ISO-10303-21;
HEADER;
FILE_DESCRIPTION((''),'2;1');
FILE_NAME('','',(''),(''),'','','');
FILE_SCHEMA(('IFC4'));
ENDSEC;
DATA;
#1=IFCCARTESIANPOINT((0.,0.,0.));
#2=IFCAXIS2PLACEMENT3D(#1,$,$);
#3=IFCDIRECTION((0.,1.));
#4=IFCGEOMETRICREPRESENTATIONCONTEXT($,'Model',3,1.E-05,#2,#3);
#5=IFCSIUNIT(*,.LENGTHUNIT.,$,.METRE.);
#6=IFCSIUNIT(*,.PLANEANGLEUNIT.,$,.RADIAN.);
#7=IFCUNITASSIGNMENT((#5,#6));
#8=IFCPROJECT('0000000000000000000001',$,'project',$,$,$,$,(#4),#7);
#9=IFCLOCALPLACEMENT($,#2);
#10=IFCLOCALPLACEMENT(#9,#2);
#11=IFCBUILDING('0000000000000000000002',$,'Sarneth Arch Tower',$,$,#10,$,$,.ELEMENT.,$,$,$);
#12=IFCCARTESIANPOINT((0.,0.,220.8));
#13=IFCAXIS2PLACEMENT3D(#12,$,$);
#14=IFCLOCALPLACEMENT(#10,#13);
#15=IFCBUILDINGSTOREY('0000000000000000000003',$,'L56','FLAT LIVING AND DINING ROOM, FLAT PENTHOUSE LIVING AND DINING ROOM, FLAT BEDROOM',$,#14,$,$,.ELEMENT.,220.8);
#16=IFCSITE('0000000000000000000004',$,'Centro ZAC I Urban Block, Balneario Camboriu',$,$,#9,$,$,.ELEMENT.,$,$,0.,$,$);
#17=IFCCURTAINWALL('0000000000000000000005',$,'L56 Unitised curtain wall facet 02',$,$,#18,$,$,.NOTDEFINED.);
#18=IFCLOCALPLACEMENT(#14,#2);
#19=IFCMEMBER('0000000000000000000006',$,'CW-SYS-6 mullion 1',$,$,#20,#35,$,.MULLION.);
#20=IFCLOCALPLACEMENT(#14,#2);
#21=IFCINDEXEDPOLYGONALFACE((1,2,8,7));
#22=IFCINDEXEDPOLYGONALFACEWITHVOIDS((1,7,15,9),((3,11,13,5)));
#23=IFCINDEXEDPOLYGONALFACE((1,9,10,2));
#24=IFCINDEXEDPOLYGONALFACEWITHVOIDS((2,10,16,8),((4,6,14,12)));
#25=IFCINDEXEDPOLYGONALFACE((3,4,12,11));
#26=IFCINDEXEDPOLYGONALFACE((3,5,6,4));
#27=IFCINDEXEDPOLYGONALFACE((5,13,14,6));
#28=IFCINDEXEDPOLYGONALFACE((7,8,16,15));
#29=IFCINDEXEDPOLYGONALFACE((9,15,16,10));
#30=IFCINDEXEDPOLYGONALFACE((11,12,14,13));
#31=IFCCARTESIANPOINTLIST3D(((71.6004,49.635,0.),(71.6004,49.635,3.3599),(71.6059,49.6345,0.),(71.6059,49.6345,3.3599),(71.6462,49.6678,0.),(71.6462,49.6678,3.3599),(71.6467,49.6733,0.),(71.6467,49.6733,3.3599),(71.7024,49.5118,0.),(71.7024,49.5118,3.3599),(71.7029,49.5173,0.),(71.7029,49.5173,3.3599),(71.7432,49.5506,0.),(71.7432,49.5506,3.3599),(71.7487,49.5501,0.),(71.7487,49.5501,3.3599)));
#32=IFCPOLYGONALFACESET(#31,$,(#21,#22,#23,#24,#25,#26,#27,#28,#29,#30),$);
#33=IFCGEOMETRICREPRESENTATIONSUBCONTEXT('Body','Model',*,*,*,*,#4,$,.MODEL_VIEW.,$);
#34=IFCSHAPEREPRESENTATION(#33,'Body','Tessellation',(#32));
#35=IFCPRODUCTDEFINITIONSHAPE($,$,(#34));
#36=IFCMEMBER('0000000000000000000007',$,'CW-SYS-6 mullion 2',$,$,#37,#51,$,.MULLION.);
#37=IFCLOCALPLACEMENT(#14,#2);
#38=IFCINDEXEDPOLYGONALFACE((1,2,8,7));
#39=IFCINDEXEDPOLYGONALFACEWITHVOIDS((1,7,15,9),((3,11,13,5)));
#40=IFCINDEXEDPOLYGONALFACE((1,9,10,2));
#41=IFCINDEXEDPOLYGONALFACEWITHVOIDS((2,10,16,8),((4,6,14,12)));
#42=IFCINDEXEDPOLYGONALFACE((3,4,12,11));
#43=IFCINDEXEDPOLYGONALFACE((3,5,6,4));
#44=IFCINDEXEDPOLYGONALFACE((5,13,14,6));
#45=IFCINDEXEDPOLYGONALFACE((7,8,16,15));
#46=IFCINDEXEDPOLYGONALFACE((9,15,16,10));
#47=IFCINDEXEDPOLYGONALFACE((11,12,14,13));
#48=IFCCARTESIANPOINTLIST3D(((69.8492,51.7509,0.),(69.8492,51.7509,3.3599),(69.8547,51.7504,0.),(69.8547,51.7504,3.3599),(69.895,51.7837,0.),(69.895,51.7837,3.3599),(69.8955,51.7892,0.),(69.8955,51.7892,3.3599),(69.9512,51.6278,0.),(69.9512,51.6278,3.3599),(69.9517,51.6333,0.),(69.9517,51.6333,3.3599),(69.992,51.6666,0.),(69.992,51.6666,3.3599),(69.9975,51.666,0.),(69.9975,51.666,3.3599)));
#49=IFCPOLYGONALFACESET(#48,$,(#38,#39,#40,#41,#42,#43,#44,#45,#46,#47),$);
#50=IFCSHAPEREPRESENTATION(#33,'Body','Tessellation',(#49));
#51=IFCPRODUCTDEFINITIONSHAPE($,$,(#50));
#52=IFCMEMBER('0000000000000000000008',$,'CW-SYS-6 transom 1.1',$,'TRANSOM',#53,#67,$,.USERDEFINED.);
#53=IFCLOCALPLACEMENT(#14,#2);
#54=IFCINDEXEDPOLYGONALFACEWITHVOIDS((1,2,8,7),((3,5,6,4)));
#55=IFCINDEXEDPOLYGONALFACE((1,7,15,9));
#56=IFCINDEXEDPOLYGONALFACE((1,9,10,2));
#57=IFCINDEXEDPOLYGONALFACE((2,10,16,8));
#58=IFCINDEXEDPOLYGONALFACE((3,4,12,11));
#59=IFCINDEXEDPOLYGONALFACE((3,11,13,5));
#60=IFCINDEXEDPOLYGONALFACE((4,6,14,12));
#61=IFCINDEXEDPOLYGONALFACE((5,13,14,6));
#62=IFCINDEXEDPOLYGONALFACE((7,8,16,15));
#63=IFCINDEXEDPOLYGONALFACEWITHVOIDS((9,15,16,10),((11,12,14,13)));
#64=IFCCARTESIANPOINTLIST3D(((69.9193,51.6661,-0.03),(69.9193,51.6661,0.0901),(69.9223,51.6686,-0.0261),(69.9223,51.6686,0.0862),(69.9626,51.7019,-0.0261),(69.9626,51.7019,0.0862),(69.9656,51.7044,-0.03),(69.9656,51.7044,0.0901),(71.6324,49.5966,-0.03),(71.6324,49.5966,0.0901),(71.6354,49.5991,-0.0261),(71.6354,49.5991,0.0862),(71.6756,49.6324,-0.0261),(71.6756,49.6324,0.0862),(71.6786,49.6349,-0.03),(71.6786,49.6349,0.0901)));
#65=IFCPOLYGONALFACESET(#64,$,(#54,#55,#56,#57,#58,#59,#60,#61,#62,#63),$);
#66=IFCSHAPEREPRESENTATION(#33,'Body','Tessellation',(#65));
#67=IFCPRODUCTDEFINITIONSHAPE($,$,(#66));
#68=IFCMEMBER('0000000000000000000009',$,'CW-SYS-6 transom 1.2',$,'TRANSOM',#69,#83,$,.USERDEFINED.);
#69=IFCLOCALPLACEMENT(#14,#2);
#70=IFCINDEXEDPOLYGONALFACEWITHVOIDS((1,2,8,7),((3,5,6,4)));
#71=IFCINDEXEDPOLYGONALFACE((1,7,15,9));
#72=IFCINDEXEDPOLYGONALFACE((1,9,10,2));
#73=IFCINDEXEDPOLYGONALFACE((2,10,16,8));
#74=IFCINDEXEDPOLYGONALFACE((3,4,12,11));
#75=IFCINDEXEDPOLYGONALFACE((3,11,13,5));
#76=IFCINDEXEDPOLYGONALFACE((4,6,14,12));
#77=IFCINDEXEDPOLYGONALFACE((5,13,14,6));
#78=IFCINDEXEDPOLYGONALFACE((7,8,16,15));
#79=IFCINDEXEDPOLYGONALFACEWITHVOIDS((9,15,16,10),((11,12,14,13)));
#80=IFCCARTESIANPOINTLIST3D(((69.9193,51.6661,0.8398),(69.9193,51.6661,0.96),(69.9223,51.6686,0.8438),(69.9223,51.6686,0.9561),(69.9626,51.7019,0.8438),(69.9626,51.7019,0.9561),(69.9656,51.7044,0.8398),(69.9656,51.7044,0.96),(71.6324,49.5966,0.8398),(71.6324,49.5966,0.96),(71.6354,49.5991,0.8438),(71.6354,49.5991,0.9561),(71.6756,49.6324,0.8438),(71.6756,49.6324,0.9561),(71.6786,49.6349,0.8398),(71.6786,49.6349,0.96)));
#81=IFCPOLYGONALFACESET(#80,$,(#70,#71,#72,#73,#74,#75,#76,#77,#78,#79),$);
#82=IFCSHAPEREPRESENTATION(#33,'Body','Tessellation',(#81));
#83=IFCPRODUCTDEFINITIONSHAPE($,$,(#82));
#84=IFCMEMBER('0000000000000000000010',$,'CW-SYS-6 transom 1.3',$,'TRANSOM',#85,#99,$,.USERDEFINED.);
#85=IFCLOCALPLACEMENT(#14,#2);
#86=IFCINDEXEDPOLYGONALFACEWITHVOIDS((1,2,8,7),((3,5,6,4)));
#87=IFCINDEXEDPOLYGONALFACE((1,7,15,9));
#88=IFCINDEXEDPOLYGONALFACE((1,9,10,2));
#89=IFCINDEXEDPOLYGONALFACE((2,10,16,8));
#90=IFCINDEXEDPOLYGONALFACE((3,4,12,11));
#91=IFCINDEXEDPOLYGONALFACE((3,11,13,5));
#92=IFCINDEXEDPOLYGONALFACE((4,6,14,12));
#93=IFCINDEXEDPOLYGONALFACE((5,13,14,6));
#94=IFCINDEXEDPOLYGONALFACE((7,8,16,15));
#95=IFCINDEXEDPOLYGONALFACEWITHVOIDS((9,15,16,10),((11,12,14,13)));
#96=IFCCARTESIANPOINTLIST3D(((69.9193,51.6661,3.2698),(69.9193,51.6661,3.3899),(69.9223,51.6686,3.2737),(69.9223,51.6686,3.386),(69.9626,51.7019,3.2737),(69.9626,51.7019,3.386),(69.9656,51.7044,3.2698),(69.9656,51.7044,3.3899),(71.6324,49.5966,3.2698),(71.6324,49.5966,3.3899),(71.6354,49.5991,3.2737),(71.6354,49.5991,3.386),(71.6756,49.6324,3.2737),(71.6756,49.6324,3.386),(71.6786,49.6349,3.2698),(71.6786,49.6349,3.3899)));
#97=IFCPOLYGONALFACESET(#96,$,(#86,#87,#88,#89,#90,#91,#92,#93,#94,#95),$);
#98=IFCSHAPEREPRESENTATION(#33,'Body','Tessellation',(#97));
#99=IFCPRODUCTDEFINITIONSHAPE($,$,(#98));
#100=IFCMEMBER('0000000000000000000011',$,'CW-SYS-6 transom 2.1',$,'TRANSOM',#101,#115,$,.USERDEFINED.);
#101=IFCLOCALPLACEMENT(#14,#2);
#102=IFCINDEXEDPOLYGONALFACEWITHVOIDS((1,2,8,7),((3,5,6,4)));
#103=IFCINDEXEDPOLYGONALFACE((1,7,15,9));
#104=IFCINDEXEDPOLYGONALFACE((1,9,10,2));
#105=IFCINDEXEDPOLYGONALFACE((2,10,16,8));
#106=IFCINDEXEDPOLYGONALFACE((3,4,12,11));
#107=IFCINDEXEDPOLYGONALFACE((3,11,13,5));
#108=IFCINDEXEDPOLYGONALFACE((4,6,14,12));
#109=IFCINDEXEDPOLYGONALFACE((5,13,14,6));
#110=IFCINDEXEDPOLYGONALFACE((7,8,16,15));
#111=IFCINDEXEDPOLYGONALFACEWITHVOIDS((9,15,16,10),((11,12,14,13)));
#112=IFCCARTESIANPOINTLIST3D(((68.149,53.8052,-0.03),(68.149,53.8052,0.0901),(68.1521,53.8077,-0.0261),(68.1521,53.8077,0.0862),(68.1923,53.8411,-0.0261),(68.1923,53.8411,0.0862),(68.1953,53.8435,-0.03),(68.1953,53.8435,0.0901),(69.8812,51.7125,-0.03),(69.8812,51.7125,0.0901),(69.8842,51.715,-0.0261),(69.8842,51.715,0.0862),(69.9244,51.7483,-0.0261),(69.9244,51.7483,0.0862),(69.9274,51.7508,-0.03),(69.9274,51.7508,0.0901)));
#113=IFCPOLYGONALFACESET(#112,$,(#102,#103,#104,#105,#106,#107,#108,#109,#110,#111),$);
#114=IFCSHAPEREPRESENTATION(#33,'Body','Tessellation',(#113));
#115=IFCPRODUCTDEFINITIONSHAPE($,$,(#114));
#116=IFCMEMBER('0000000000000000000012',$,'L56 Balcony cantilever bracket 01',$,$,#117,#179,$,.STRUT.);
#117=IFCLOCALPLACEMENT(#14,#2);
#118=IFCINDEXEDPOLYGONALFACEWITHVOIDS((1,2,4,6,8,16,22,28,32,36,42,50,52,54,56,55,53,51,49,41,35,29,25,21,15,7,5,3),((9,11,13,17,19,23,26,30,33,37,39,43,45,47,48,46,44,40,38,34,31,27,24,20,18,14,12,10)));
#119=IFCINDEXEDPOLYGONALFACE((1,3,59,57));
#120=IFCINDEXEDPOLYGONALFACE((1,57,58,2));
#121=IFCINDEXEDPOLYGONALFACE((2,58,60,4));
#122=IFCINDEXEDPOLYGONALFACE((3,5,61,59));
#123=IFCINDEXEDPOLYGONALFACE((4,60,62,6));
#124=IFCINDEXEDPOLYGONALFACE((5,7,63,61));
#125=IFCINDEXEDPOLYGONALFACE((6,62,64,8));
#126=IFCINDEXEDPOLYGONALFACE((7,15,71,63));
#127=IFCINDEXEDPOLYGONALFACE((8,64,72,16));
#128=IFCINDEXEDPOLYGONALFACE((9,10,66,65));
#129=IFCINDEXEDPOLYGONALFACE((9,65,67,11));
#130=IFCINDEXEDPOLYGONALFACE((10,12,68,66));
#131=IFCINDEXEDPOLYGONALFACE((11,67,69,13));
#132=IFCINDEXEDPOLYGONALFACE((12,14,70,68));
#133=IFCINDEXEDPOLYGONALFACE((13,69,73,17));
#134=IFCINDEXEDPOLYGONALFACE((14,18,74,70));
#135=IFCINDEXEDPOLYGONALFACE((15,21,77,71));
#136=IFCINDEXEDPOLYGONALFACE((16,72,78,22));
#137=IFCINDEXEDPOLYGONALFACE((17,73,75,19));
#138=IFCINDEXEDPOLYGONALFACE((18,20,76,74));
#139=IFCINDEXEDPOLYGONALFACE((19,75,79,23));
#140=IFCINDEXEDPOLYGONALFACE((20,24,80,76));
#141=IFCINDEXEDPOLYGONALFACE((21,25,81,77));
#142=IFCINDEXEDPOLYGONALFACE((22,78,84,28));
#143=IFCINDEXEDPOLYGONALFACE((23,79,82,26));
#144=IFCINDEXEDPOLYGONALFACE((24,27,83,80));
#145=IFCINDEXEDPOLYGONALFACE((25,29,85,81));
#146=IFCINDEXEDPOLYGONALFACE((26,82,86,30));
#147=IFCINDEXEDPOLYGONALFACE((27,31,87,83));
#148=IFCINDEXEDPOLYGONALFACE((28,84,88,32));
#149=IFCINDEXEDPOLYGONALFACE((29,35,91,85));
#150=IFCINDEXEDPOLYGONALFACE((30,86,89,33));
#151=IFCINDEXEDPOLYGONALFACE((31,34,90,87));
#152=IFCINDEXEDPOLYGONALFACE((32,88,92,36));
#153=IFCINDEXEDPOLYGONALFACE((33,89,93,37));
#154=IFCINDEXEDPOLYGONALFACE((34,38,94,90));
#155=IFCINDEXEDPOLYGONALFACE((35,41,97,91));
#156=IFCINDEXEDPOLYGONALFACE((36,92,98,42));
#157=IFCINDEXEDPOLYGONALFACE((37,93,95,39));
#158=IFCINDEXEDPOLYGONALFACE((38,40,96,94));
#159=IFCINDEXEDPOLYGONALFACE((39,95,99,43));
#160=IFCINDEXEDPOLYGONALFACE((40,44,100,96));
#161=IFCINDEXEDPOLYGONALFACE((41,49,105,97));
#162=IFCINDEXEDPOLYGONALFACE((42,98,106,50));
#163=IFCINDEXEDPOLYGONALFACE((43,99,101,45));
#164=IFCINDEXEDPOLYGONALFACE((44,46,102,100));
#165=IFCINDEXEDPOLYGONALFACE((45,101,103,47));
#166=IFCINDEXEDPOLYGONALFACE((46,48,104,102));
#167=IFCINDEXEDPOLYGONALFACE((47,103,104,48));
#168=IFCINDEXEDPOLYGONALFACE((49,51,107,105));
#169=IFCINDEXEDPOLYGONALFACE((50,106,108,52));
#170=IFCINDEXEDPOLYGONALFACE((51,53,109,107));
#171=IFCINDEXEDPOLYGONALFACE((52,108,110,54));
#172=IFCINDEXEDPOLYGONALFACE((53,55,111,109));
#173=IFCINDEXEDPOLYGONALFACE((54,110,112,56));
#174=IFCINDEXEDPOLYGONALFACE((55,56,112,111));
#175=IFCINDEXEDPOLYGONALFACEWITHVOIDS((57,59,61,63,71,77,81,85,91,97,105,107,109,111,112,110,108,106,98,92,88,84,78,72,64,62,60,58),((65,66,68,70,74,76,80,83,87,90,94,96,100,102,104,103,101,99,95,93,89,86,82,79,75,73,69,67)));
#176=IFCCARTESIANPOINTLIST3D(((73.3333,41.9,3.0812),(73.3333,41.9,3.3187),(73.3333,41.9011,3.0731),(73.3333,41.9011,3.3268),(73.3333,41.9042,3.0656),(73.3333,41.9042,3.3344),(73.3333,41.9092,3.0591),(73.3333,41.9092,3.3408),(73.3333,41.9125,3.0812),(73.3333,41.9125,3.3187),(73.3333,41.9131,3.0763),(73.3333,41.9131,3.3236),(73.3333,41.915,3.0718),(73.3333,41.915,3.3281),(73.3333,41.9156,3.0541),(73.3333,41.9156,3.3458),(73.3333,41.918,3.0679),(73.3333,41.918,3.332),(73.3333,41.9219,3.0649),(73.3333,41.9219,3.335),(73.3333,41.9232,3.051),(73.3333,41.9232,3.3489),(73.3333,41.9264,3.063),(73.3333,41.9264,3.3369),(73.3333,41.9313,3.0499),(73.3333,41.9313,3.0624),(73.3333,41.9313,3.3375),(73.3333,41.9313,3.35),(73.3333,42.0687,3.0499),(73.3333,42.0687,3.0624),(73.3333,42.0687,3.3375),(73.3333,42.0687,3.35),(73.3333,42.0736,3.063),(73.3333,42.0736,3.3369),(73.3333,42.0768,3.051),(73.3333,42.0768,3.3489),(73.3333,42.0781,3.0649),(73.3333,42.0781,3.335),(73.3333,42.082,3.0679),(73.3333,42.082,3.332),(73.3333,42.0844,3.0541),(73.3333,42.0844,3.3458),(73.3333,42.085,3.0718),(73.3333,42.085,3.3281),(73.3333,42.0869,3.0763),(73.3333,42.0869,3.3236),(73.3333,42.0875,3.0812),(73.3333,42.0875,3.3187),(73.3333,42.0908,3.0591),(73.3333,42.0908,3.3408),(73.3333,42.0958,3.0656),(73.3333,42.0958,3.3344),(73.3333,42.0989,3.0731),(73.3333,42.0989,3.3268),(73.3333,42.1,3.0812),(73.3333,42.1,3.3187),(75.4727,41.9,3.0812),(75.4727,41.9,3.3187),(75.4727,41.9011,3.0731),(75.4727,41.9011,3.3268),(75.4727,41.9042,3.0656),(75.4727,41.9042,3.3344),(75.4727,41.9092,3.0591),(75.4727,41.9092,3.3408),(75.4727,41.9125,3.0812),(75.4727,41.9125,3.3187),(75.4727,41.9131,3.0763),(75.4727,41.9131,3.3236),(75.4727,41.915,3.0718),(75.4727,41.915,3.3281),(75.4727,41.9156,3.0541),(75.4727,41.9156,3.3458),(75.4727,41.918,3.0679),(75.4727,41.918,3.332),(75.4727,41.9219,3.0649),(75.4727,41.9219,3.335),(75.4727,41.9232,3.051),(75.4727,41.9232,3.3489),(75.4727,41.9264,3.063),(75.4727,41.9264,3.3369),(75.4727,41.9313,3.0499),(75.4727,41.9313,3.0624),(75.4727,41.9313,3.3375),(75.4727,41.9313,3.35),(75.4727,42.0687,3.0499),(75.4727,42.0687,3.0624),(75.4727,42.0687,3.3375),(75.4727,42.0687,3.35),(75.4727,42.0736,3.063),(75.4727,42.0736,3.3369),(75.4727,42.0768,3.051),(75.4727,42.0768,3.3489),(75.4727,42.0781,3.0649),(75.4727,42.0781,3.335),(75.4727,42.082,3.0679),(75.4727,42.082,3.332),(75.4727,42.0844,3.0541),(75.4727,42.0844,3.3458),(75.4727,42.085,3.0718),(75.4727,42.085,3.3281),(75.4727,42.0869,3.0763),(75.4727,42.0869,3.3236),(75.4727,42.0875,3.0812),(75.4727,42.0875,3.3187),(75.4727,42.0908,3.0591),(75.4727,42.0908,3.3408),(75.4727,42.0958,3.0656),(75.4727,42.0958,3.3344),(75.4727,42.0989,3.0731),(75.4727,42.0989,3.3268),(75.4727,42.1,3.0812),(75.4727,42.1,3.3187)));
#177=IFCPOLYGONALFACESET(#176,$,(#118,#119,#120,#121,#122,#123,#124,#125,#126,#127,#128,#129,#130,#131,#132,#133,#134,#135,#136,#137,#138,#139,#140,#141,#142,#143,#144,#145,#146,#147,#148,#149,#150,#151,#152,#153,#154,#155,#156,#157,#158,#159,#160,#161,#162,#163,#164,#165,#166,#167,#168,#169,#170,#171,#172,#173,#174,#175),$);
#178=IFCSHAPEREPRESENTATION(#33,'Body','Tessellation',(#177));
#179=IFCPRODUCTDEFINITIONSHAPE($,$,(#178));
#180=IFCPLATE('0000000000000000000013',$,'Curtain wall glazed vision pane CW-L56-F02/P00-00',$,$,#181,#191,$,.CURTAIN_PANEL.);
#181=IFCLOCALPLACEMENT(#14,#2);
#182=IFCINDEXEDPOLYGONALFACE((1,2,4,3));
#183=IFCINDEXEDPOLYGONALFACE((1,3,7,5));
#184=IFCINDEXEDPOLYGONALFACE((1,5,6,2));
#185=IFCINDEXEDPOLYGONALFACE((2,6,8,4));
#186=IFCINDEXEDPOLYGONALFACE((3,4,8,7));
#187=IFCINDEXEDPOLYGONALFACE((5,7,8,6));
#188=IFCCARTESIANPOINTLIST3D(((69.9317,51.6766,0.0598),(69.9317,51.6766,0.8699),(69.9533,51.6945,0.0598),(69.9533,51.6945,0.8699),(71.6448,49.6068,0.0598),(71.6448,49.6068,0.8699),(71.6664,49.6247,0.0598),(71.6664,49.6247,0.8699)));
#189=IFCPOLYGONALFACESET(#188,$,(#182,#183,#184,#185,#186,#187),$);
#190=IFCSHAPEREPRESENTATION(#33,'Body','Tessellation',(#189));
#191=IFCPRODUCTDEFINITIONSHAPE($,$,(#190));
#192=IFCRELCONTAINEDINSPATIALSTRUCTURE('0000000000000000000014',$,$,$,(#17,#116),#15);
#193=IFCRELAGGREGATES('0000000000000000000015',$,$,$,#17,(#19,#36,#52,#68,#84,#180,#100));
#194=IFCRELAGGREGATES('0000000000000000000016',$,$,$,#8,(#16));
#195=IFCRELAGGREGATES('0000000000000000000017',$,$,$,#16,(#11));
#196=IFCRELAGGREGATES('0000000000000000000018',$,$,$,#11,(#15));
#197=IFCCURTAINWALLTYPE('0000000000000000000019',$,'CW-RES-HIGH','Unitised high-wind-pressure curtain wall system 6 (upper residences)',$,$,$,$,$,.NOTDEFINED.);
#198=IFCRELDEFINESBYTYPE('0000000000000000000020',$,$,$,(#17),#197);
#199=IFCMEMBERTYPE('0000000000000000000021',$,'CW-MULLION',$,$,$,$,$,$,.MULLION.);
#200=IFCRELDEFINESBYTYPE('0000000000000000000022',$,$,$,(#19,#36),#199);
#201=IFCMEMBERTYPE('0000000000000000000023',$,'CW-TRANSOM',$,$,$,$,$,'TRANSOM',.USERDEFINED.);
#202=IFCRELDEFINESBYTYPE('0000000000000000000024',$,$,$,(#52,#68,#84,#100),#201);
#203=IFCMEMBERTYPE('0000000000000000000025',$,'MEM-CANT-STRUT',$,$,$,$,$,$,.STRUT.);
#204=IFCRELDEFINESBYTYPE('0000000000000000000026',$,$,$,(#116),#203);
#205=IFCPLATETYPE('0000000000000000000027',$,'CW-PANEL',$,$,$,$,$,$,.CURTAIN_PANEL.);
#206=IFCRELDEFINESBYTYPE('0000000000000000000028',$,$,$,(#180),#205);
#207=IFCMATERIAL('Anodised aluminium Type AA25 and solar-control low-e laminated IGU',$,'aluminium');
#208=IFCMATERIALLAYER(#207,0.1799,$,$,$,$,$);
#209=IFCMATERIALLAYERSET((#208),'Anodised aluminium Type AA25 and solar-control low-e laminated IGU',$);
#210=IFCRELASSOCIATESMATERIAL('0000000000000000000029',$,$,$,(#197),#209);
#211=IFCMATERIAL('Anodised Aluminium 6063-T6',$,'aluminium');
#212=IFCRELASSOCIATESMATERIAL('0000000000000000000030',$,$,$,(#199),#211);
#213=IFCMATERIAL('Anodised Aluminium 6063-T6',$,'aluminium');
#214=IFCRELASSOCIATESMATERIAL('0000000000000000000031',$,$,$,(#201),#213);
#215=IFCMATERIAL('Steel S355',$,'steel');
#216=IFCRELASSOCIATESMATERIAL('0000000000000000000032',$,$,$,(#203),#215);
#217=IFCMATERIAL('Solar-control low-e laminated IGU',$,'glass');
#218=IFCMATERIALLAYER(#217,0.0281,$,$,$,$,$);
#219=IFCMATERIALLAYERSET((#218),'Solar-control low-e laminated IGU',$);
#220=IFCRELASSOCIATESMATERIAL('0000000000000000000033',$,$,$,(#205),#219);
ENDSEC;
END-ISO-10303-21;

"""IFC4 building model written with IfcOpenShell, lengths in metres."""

from ifc_helpers import new_model, si_unit, direction, frame, origin, origin_2d, place, context, subcontext, project, spatial, rectangle, hollow_rectangle, extrude, material, layer, layer_set, material_profile, profile_set, type_object, element, aggregate, save


model = new_model("IFC4")

# Units and contexts
model_context = context("Model", 3, precision=1e-05, world=origin(), true_north=direction((0.0, 1.0)))
body_context = subcontext(model_context, "Body", "Model", "MODEL_VIEW")
ifc_project = project(units=[si_unit("LENGTHUNIT", "METRE"), si_unit("PLANEANGLEUNIT", "RADIAN")], contexts=[model_context])

# Site, building, storey
site_placement = place(None, origin())
site = spatial("IfcSite", under=ifc_project, at=site_placement, Name="Centro ZAC I Urban Block, Balneario Camboriu", CompositionType="ELEMENT", RefElevation=0.0)
building_placement = place(site_placement, origin())
building = spatial("IfcBuilding", under=site, at=building_placement, Name="Sarneth Arch Tower", CompositionType="ELEMENT")
storey_placement = place(building_placement, frame((0.0, 0.0, 220.8)))
storey = spatial("IfcBuildingStorey", under=building, at=storey_placement, Name="L56", Description="FLAT LIVING AND DINING ROOM, FLAT PENTHOUSE LIVING AND DINING ROOM, FLAT BEDROOM", CompositionType="ELEMENT", Elevation=220.8)

# Curtain wall, members
ifc_material_1 = material(Name="Anodised aluminium Type AA25 and solar-control low-e laminated IGU", Category="aluminium")
ifc_layer_1 = layer(ifc_material_1, 0.1799)
ifc_layer_set_1 = layer_set([ifc_layer_1], Name="Anodised aluminium Type AA25 and solar-control low-e laminated IGU")
curtain_wall_type = type_object("IfcCurtainWallType", Name="CW-RES-HIGH", Description="Unitised high-wind-pressure curtain wall system 6 (upper residences)", PredefinedType="NOTDEFINED", material=ifc_layer_set_1)
curtain_wall_placement = place(storey_placement, origin())
curtain_wall = element("IfcCurtainWall", 1, at=curtain_wall_placement, inside=storey, type_object=curtain_wall_type, Name="L56 Unitised curtain wall facet 02", PredefinedType="NOTDEFINED")
ifc_material_2 = material(Name="Anodised Aluminium 6063-T6", Category="aluminium")
ifc_material_profile_1 = material_profile(ifc_material_2, hollow_rectangle(XDim=0.0601, YDim=0.1599, WallThickness=0.0039, at=origin_2d()), Name="AL-MULL-160x60x4")
ifc_profile_set_1 = profile_set([ifc_material_profile_1], Name="Anodised Aluminium 6063-T6")
member_type_1 = type_object("IfcMemberType", Name="CW-MULLION", PredefinedType="MULLION", material=ifc_profile_set_1)
member_1_placement = place(storey_placement, frame((71.6746, 49.5925, 0.0), z_axis=(0.0, 0.0, 1.0), x_axis=(-0.770359, -0.63761, 0.0)))
member_1 = element("IfcMember", 2, at=member_1_placement, type_object=member_type_1, Name="CW-SYS-6 mullion 1", PredefinedType="MULLION", context=body_context, shape_type="SweptSolid", body=[
    extrude(hollow_rectangle(XDim=0.0601, YDim=0.1599, WallThickness=0.0039, at=origin_2d()), origin(), (0.0, 0.0, 1.0), 3.3599),
])
member_2_placement = place(storey_placement, frame((69.9233, 51.7085, 0.0), z_axis=(0.0, 0.0, 1.0), x_axis=(-0.770359, -0.63761, 0.0)))
member_2 = element("IfcMember", 3, at=member_2_placement, type_object=member_type_1, Name="CW-SYS-6 mullion 2", PredefinedType="MULLION", context=body_context, shape_type="SweptSolid", body=[
    extrude(hollow_rectangle(XDim=0.0601, YDim=0.1599, WallThickness=0.0039, at=origin_2d()), origin(), (0.0, 0.0, 1.0), 3.3599),
])
ifc_material_3 = material(Name="Anodised Aluminium 6063-T6", Category="aluminium")
ifc_material_profile_2 = material_profile(ifc_material_3, hollow_rectangle(XDim=0.0601, YDim=0.1201, WallThickness=0.0039, at=origin_2d()), Name="AL-TRAN-120x60x4")
ifc_profile_set_2 = profile_set([ifc_material_profile_2], Name="Anodised Aluminium 6063-T6")
member_type_2 = type_object("IfcMemberType", Name="CW-TRANSOM", ElementType="TRANSOM", PredefinedType="USERDEFINED", material=ifc_profile_set_2)
member_3_placement = place(storey_placement, frame((71.6555, 49.6157, 0.03), z_axis=(-0.637651, 0.770325, 0.0), x_axis=(-0.770325, -0.637651, 0.0)))
member_3 = element("IfcMember", 4, at=member_3_placement, type_object=member_type_2, Name="CW-SYS-6 transom 1.1", ObjectType="TRANSOM", PredefinedType="USERDEFINED", context=body_context, shape_type="SweptSolid", body=[
    extrude(hollow_rectangle(XDim=0.0601, YDim=0.1201, WallThickness=0.0039, at=origin_2d()), origin(), (0.0, 0.0, 1.0), 2.6865),
])
member_4_placement = place(storey_placement, frame((71.6555, 49.6157, 0.8999), z_axis=(-0.637651, 0.770325, 0.0), x_axis=(-0.770325, -0.637651, 0.0)))
member_4 = element("IfcMember", 5, at=member_4_placement, type_object=member_type_2, Name="CW-SYS-6 transom 1.2", ObjectType="TRANSOM", PredefinedType="USERDEFINED", context=body_context, shape_type="SweptSolid", body=[
    extrude(hollow_rectangle(XDim=0.0601, YDim=0.1201, WallThickness=0.0039, at=origin_2d()), origin(), (0.0, 0.0, 1.0), 2.6865),
])
member_5_placement = place(storey_placement, frame((71.6555, 49.6157, 3.3298), z_axis=(-0.637651, 0.770325, 0.0), x_axis=(-0.770325, -0.637651, 0.0)))
member_5 = element("IfcMember", 6, at=member_5_placement, type_object=member_type_2, Name="CW-SYS-6 transom 1.3", ObjectType="TRANSOM", PredefinedType="USERDEFINED", context=body_context, shape_type="SweptSolid", body=[
    extrude(hollow_rectangle(XDim=0.0601, YDim=0.1201, WallThickness=0.0039, at=origin_2d()), origin(), (0.0, 0.0, 1.0), 2.6865),
])
member_6_placement = place(storey_placement, frame((69.9043, 51.7317, 0.03), z_axis=(-0.637617, 0.770353, 0.0), x_axis=(-0.770353, -0.637617, 0.0)))
member_6 = element("IfcMember", 7, at=member_6_placement, type_object=member_type_2, Name="CW-SYS-6 transom 2.1", ObjectType="TRANSOM", PredefinedType="USERDEFINED", context=body_context, shape_type="SweptSolid", body=[
    extrude(hollow_rectangle(XDim=0.0601, YDim=0.1201, WallThickness=0.0039, at=origin_2d()), origin(), (0.0, 0.0, 1.0), 2.7166),
])

# Member
ifc_material_4 = material(Name="Steel S355", Category="steel")
ifc_material_profile_3 = material_profile(ifc_material_4, hollow_rectangle(XDim=0.2, YDim=0.3, WallThickness=0.0125, InnerFilletRadius=0.0188, OuterFilletRadius=0.0312, at=origin_2d()), Name="RHS300x200x12.5")
ifc_profile_set_3 = profile_set([ifc_material_profile_3], Name="Steel S355")
member_type_3 = type_object("IfcMemberType", Name="MEM-CANT-STRUT", PredefinedType="STRUT", material=ifc_profile_set_3)
member_7_placement = place(storey_placement, frame((73.3333, 42.0, 3.2), z_axis=(1.0, 0.0, 0.0), x_axis=(0.0, 1.0, 0.0)))
element("IfcMember", 8, at=member_7_placement, inside=storey, type_object=member_type_3, Name="L56 Balcony cantilever bracket 01", PredefinedType="STRUT", context=body_context, shape_type="SweptSolid", body=[
    extrude(hollow_rectangle(XDim=0.2, YDim=0.3, WallThickness=0.0125, InnerFilletRadius=0.0188, OuterFilletRadius=0.0312, at=origin_2d()), origin(), (0.0, 0.0, 1.0), 2.1394),
])

# Plate
ifc_material_5 = material(Name="Solar-control low-e laminated IGU", Category="glass")
ifc_layer_2 = layer(ifc_material_5, 0.0281)
ifc_layer_set_2 = layer_set([ifc_layer_2], Name="Solar-control low-e laminated IGU")
plate_type_1 = type_object("IfcPlateType", Name="CW-PANEL", PredefinedType="CURTAIN_PANEL", material=ifc_layer_set_2)
plate_1_placement = place(storey_placement, frame((70.7991, 50.6506, 0.0598), z_axis=(0.0, 0.0, 1.0), x_axis=(-0.63761, 0.770359, 0.0)))
plate_1 = element("IfcPlate", 9, at=plate_1_placement, type_object=plate_type_1, Name="Curtain wall glazed vision pane CW-L56-F02/P00-00", PredefinedType="CURTAIN_PANEL", context=body_context, shape_type="SweptSolid", body=[
    extrude(rectangle(XDim=2.6868, YDim=0.0281, at=origin_2d()), origin(), (0.0, 0.0, 1.0), 0.8101),
])
aggregate(curtain_wall, [member_1, member_2, member_3, member_4, member_5, plate_1, member_6])

save(model, "model.ifc")
